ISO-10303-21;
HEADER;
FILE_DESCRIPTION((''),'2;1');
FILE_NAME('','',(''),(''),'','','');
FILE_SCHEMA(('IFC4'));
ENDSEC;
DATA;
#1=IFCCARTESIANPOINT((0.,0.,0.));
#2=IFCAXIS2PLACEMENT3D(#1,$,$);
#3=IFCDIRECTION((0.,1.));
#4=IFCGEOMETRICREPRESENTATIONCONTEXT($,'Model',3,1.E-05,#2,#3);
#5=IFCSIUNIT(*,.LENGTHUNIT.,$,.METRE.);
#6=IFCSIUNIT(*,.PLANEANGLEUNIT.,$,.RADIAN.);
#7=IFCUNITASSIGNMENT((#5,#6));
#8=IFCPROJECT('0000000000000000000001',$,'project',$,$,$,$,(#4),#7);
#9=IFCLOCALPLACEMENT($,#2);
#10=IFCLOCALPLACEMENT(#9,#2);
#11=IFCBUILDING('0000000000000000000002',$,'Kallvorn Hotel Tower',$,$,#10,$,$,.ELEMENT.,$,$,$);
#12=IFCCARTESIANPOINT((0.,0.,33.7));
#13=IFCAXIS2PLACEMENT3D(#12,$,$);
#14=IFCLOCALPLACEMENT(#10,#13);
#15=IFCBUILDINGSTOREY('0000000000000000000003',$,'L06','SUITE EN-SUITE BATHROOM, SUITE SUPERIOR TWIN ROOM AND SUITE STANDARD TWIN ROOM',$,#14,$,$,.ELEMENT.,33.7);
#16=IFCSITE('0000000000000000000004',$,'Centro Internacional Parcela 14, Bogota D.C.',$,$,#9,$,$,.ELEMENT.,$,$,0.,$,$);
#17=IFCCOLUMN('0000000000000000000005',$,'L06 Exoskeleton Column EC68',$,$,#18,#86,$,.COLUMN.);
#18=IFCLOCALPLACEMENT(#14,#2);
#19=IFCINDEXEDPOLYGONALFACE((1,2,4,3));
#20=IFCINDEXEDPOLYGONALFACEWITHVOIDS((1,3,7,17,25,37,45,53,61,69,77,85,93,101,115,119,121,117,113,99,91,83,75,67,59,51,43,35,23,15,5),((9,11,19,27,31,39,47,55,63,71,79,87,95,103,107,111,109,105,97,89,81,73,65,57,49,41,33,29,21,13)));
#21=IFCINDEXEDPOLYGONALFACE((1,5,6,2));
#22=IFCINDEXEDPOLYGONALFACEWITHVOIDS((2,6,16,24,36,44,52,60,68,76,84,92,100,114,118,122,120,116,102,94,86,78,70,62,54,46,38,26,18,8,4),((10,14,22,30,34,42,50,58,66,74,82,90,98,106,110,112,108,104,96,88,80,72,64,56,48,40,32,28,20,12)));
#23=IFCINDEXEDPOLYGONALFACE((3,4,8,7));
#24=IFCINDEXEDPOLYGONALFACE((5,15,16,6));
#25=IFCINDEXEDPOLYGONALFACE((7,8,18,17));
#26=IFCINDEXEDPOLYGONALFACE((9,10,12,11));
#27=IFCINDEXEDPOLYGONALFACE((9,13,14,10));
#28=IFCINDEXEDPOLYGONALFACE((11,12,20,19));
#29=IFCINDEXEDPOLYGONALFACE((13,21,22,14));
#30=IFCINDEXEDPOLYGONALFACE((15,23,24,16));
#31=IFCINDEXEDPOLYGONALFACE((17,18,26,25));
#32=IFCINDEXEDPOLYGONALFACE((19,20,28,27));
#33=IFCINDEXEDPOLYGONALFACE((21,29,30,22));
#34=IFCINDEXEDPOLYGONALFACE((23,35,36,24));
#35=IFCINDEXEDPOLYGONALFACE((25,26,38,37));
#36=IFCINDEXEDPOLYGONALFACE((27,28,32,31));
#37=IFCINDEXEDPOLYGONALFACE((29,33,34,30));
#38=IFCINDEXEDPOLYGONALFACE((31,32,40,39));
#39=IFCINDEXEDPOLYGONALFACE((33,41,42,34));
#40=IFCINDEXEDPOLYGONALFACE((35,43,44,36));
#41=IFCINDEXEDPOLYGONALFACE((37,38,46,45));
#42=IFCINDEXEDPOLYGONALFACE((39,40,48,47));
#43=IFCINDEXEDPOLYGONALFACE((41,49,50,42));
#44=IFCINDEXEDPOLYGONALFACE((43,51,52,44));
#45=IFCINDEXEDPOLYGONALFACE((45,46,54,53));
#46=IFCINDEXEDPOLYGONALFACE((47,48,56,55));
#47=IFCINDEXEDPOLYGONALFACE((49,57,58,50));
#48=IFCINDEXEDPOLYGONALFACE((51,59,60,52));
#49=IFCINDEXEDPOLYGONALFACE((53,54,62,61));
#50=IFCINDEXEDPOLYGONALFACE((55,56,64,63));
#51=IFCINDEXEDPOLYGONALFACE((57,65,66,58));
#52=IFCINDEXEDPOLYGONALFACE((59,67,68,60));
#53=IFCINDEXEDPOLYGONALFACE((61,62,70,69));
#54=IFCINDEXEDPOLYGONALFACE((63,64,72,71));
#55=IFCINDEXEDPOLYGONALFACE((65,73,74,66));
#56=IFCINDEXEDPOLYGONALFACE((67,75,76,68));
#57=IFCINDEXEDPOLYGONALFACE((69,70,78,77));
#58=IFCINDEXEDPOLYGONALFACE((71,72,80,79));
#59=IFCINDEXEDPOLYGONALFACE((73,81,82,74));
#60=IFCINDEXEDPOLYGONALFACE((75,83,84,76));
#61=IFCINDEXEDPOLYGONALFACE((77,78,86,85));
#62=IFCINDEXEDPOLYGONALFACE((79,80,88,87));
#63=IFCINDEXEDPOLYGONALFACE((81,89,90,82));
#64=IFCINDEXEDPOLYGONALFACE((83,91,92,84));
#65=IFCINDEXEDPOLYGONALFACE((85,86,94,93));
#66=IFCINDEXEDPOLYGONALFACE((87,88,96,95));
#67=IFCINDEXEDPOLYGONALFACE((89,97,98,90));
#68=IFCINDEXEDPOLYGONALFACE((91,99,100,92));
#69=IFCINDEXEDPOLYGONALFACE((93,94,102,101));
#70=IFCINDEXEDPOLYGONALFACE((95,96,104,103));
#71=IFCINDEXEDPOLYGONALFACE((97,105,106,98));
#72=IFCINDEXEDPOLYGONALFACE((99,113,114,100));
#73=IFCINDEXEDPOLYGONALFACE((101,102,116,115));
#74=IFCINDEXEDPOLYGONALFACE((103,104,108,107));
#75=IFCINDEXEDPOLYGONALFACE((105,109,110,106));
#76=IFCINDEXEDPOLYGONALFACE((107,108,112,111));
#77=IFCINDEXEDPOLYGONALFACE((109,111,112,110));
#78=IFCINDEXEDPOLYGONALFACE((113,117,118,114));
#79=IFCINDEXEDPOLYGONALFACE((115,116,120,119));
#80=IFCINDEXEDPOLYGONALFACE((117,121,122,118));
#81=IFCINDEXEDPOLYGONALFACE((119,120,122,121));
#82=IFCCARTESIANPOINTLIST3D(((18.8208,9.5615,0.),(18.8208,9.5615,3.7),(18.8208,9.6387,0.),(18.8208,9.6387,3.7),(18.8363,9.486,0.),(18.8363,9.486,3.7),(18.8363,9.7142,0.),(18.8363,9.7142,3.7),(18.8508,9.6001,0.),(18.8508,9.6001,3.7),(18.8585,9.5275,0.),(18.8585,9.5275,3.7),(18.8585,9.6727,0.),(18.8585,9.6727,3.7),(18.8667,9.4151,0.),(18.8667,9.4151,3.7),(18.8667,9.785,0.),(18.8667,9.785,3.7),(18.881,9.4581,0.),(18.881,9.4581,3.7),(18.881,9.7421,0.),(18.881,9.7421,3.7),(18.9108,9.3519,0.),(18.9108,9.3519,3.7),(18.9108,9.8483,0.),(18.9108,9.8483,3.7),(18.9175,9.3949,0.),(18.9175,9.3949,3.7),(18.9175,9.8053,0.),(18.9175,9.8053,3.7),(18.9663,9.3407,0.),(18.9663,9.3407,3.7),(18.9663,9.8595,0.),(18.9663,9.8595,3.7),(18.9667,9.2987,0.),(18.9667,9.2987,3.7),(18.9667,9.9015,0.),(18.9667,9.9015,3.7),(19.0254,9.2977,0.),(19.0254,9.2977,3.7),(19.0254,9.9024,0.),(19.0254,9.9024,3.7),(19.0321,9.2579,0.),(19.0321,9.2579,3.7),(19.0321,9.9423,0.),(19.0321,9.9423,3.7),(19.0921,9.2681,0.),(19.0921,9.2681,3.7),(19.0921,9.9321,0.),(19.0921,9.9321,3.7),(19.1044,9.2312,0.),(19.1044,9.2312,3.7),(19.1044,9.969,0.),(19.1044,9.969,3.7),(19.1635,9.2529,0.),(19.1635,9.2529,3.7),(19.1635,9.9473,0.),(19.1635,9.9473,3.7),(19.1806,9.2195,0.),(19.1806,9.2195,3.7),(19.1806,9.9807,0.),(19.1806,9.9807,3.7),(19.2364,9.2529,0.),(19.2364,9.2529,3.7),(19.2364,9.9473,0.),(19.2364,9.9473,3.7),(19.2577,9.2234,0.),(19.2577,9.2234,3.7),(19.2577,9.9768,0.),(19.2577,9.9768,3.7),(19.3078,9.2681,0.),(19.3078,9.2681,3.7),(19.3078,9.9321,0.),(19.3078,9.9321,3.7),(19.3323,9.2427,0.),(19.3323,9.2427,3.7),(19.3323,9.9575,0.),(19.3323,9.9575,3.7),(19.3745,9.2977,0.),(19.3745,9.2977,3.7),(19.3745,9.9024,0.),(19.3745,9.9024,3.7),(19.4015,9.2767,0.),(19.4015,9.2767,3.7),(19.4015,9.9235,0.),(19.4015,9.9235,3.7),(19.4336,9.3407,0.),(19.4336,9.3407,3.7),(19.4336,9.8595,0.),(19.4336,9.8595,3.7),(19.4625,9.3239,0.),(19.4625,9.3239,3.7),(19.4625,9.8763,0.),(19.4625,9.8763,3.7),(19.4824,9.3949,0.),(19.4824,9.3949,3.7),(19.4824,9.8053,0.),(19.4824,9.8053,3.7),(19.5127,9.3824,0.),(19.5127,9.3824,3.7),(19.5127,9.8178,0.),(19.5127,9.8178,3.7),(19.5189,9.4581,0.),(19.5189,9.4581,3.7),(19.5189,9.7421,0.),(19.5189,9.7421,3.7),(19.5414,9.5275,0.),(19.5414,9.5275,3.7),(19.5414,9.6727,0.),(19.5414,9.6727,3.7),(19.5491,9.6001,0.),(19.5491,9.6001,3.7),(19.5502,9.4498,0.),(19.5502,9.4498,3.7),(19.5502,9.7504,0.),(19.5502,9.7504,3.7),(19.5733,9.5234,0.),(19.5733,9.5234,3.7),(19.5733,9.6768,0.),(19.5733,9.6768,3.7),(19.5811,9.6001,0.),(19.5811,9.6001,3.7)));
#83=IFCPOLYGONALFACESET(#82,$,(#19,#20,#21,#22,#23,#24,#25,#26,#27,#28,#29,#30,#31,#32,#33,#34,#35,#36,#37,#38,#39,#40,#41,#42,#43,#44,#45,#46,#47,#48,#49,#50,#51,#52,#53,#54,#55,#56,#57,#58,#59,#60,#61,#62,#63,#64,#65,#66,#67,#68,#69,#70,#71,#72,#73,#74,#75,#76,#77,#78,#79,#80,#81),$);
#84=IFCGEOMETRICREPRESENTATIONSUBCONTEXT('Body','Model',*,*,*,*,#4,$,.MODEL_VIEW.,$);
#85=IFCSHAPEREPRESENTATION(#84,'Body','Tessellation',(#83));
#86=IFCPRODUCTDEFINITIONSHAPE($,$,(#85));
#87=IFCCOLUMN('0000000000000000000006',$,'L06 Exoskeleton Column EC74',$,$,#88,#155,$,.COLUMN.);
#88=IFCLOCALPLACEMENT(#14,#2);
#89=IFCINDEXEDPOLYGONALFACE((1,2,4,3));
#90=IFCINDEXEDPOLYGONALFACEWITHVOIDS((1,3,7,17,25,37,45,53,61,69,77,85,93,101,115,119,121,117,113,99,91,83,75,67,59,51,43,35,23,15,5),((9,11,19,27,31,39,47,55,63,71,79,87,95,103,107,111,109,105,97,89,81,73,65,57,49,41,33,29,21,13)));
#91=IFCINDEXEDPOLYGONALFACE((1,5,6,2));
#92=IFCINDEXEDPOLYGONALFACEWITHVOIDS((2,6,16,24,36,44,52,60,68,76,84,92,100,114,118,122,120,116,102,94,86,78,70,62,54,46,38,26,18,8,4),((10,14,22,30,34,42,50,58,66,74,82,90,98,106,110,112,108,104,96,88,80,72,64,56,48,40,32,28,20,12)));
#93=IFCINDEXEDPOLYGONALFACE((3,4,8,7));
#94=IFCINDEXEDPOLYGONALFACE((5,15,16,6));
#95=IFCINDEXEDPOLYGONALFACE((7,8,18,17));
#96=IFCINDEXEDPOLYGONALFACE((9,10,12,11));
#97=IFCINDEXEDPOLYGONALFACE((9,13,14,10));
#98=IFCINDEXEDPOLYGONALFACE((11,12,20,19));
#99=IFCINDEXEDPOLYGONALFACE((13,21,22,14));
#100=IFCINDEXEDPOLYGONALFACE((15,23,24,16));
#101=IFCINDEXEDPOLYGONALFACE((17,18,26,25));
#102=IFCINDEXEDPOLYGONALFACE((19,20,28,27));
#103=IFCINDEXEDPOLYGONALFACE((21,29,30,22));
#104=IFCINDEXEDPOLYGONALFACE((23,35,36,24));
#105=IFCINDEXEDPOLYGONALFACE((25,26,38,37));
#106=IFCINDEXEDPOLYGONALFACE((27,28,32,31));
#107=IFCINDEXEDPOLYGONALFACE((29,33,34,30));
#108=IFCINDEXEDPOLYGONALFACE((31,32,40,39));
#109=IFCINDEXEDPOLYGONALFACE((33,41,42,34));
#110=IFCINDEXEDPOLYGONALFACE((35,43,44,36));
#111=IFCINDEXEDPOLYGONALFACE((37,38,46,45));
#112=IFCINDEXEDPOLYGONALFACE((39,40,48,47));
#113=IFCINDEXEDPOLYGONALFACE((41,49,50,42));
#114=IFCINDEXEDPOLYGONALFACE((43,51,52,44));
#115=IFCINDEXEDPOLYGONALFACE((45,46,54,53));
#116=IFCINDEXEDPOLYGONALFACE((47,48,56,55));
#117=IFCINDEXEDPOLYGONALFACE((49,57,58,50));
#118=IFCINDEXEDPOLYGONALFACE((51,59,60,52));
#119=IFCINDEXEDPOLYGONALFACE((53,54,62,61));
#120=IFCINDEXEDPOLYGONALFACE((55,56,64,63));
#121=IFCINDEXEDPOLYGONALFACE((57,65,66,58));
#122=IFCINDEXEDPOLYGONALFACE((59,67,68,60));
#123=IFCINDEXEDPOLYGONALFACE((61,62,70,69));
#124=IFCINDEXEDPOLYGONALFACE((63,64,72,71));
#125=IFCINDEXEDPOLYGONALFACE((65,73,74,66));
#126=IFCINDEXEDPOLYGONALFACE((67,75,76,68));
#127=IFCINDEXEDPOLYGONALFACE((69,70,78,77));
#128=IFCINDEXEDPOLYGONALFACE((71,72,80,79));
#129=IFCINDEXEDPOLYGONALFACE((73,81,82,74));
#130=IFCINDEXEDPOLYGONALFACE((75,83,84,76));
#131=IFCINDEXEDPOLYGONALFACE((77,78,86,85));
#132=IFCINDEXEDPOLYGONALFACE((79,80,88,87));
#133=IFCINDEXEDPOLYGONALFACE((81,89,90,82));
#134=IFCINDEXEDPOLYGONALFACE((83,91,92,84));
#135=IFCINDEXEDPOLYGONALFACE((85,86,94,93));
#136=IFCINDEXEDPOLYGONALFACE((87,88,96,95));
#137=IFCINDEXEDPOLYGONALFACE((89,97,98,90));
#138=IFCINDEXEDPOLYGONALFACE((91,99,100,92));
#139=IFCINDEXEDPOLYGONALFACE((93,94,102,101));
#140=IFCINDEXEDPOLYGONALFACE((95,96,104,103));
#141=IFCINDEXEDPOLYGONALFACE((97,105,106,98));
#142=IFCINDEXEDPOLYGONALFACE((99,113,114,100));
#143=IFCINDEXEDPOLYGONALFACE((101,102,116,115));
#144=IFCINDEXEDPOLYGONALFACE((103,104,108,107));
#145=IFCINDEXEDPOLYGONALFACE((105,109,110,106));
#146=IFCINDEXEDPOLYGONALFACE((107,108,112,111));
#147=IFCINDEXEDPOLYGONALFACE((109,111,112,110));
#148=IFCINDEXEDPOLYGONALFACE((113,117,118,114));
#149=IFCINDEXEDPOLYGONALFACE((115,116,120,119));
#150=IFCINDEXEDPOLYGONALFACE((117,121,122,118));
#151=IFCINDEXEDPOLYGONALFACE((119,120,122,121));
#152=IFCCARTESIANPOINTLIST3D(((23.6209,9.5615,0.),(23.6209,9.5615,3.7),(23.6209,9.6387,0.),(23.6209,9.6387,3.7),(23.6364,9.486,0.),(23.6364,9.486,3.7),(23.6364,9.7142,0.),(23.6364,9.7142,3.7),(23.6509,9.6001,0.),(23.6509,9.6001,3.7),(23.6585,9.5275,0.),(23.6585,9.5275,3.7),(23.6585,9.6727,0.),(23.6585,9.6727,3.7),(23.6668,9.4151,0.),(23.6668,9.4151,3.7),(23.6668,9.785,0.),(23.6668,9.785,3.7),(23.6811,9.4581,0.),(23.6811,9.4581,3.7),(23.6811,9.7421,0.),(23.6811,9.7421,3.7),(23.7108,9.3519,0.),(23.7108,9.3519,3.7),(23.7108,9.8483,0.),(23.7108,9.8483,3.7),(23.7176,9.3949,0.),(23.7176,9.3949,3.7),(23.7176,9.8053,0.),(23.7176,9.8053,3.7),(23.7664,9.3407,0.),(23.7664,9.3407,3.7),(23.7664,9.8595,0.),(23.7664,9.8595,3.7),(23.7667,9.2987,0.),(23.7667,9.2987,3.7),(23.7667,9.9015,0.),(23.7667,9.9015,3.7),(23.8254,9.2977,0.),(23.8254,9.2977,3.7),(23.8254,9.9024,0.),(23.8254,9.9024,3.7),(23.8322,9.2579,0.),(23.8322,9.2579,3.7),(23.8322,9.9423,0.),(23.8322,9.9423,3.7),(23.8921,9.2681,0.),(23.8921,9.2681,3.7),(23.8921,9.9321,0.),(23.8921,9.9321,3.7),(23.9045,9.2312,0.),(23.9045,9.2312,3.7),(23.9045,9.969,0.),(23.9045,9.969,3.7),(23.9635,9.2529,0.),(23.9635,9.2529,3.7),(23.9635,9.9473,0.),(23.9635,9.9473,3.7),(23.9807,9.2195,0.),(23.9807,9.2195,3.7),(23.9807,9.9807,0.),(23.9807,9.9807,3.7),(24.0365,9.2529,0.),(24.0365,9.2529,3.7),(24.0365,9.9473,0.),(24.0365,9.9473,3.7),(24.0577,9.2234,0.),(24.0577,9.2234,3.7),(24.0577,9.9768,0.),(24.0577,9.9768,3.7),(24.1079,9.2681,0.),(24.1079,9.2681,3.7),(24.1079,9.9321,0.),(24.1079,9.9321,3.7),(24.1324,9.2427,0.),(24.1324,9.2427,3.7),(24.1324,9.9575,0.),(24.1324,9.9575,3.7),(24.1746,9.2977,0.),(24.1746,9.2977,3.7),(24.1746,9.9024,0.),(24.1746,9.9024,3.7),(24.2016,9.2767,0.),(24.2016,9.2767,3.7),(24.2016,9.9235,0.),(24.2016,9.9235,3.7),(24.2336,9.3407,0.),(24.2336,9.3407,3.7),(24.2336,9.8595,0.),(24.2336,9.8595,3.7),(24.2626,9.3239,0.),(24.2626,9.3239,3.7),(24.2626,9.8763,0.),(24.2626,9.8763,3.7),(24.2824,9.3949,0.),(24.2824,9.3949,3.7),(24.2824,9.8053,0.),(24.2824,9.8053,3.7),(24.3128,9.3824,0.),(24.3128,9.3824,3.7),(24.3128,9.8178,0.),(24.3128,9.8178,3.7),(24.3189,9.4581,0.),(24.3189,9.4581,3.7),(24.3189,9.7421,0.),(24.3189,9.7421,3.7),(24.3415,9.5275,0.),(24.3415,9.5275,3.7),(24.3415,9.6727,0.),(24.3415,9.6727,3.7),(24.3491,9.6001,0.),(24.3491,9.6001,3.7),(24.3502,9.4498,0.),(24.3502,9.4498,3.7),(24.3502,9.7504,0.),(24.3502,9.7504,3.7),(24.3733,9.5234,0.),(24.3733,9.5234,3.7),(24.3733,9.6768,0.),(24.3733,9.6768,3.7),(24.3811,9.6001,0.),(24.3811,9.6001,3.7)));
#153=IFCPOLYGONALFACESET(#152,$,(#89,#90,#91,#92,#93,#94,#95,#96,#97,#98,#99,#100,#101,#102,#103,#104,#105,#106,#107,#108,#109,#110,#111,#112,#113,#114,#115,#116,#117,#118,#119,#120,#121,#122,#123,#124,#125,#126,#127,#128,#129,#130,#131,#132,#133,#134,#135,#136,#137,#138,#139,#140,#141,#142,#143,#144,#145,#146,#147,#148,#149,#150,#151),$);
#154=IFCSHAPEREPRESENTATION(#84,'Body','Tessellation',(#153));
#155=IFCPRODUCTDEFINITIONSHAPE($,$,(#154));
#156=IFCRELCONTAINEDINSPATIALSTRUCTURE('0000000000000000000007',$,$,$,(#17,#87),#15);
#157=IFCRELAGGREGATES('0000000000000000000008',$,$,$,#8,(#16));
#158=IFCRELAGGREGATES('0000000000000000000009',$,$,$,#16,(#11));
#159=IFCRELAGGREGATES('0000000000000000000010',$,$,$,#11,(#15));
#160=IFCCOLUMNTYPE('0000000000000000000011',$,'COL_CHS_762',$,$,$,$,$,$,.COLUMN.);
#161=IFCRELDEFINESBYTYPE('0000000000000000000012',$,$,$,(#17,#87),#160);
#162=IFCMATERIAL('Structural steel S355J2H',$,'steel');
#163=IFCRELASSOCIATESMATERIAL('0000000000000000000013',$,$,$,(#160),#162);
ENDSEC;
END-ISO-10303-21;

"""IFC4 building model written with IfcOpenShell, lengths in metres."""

from ifc_helpers import new_model, si_unit, direction, frame, origin, origin_2d, place, context, subcontext, project, spatial, hollow_circle, extrude, material, material_profile, profile_set, type_object, element, save


model = new_model("IFC4")

# Units and contexts
model_context = context("Model", 3, precision=1e-05, world=origin(), true_north=direction((0.0, 1.0)))
body_context = subcontext(model_context, "Body", "Model", "MODEL_VIEW")
ifc_project = project(units=[si_unit("LENGTHUNIT", "METRE"), si_unit("PLANEANGLEUNIT", "RADIAN")], contexts=[model_context])

# Site, building, storey
site_placement = place(None, origin())
site = spatial("IfcSite", under=ifc_project, at=site_placement, Name="Centro Internacional Parcela 14, Bogota D.C.", CompositionType="ELEMENT", RefElevation=0.0)
building_placement = place(site_placement, origin())
building = spatial("IfcBuilding", under=site, at=building_placement, Name="Kallvorn Hotel Tower", CompositionType="ELEMENT")
storey_placement = place(building_placement, frame((0.0, 0.0, 33.7)))
storey = spatial("IfcBuildingStorey", under=building, at=storey_placement, Name="L06", Description="SUITE EN-SUITE BATHROOM, SUITE SUPERIOR TWIN ROOM AND SUITE STANDARD TWIN ROOM", CompositionType="ELEMENT", Elevation=33.7)

# Columns
ifc_material_1 = material(Name="Structural steel S355J2H", Category="steel")
ifc_material_profile_1 = material_profile(ifc_material_1, hollow_circle(Radius=0.3811, WallThickness=0.032, at=origin_2d()), Name="CHS 762x32")
ifc_profile_set_1 = profile_set([ifc_material_profile_1], Name="Structural steel S355J2H")
column_type_1 = type_object("IfcColumnType", Name="COL_CHS_762", PredefinedType="COLUMN", material=ifc_profile_set_1)
for number, where, z_axis, x_axis, name in (
    (1, (19.2, 9.6001, 0.0), (0.0, 0.0, 1.0), (1.0, 0.0, 0.0), "L06 Exoskeleton Column EC68"),
    (2, (24.0, 9.6001, 0.0), (0.0, 0.0, 1.0), (1.0, 0.0, 0.0), "L06 Exoskeleton Column EC74"),
):
    element("IfcColumn", number, at=place(storey_placement, frame(where, z_axis=z_axis, x_axis=x_axis)), inside=storey, type_object=column_type_1, Name=name, PredefinedType="COLUMN", context=body_context, shape_type="SweptSolid", body=[
        extrude(hollow_circle(Radius=0.3811, WallThickness=0.032, at=origin_2d()), origin(), (0.0, 0.0, 1.0), 3.7),
    ])

save(model, "model.ifc")
